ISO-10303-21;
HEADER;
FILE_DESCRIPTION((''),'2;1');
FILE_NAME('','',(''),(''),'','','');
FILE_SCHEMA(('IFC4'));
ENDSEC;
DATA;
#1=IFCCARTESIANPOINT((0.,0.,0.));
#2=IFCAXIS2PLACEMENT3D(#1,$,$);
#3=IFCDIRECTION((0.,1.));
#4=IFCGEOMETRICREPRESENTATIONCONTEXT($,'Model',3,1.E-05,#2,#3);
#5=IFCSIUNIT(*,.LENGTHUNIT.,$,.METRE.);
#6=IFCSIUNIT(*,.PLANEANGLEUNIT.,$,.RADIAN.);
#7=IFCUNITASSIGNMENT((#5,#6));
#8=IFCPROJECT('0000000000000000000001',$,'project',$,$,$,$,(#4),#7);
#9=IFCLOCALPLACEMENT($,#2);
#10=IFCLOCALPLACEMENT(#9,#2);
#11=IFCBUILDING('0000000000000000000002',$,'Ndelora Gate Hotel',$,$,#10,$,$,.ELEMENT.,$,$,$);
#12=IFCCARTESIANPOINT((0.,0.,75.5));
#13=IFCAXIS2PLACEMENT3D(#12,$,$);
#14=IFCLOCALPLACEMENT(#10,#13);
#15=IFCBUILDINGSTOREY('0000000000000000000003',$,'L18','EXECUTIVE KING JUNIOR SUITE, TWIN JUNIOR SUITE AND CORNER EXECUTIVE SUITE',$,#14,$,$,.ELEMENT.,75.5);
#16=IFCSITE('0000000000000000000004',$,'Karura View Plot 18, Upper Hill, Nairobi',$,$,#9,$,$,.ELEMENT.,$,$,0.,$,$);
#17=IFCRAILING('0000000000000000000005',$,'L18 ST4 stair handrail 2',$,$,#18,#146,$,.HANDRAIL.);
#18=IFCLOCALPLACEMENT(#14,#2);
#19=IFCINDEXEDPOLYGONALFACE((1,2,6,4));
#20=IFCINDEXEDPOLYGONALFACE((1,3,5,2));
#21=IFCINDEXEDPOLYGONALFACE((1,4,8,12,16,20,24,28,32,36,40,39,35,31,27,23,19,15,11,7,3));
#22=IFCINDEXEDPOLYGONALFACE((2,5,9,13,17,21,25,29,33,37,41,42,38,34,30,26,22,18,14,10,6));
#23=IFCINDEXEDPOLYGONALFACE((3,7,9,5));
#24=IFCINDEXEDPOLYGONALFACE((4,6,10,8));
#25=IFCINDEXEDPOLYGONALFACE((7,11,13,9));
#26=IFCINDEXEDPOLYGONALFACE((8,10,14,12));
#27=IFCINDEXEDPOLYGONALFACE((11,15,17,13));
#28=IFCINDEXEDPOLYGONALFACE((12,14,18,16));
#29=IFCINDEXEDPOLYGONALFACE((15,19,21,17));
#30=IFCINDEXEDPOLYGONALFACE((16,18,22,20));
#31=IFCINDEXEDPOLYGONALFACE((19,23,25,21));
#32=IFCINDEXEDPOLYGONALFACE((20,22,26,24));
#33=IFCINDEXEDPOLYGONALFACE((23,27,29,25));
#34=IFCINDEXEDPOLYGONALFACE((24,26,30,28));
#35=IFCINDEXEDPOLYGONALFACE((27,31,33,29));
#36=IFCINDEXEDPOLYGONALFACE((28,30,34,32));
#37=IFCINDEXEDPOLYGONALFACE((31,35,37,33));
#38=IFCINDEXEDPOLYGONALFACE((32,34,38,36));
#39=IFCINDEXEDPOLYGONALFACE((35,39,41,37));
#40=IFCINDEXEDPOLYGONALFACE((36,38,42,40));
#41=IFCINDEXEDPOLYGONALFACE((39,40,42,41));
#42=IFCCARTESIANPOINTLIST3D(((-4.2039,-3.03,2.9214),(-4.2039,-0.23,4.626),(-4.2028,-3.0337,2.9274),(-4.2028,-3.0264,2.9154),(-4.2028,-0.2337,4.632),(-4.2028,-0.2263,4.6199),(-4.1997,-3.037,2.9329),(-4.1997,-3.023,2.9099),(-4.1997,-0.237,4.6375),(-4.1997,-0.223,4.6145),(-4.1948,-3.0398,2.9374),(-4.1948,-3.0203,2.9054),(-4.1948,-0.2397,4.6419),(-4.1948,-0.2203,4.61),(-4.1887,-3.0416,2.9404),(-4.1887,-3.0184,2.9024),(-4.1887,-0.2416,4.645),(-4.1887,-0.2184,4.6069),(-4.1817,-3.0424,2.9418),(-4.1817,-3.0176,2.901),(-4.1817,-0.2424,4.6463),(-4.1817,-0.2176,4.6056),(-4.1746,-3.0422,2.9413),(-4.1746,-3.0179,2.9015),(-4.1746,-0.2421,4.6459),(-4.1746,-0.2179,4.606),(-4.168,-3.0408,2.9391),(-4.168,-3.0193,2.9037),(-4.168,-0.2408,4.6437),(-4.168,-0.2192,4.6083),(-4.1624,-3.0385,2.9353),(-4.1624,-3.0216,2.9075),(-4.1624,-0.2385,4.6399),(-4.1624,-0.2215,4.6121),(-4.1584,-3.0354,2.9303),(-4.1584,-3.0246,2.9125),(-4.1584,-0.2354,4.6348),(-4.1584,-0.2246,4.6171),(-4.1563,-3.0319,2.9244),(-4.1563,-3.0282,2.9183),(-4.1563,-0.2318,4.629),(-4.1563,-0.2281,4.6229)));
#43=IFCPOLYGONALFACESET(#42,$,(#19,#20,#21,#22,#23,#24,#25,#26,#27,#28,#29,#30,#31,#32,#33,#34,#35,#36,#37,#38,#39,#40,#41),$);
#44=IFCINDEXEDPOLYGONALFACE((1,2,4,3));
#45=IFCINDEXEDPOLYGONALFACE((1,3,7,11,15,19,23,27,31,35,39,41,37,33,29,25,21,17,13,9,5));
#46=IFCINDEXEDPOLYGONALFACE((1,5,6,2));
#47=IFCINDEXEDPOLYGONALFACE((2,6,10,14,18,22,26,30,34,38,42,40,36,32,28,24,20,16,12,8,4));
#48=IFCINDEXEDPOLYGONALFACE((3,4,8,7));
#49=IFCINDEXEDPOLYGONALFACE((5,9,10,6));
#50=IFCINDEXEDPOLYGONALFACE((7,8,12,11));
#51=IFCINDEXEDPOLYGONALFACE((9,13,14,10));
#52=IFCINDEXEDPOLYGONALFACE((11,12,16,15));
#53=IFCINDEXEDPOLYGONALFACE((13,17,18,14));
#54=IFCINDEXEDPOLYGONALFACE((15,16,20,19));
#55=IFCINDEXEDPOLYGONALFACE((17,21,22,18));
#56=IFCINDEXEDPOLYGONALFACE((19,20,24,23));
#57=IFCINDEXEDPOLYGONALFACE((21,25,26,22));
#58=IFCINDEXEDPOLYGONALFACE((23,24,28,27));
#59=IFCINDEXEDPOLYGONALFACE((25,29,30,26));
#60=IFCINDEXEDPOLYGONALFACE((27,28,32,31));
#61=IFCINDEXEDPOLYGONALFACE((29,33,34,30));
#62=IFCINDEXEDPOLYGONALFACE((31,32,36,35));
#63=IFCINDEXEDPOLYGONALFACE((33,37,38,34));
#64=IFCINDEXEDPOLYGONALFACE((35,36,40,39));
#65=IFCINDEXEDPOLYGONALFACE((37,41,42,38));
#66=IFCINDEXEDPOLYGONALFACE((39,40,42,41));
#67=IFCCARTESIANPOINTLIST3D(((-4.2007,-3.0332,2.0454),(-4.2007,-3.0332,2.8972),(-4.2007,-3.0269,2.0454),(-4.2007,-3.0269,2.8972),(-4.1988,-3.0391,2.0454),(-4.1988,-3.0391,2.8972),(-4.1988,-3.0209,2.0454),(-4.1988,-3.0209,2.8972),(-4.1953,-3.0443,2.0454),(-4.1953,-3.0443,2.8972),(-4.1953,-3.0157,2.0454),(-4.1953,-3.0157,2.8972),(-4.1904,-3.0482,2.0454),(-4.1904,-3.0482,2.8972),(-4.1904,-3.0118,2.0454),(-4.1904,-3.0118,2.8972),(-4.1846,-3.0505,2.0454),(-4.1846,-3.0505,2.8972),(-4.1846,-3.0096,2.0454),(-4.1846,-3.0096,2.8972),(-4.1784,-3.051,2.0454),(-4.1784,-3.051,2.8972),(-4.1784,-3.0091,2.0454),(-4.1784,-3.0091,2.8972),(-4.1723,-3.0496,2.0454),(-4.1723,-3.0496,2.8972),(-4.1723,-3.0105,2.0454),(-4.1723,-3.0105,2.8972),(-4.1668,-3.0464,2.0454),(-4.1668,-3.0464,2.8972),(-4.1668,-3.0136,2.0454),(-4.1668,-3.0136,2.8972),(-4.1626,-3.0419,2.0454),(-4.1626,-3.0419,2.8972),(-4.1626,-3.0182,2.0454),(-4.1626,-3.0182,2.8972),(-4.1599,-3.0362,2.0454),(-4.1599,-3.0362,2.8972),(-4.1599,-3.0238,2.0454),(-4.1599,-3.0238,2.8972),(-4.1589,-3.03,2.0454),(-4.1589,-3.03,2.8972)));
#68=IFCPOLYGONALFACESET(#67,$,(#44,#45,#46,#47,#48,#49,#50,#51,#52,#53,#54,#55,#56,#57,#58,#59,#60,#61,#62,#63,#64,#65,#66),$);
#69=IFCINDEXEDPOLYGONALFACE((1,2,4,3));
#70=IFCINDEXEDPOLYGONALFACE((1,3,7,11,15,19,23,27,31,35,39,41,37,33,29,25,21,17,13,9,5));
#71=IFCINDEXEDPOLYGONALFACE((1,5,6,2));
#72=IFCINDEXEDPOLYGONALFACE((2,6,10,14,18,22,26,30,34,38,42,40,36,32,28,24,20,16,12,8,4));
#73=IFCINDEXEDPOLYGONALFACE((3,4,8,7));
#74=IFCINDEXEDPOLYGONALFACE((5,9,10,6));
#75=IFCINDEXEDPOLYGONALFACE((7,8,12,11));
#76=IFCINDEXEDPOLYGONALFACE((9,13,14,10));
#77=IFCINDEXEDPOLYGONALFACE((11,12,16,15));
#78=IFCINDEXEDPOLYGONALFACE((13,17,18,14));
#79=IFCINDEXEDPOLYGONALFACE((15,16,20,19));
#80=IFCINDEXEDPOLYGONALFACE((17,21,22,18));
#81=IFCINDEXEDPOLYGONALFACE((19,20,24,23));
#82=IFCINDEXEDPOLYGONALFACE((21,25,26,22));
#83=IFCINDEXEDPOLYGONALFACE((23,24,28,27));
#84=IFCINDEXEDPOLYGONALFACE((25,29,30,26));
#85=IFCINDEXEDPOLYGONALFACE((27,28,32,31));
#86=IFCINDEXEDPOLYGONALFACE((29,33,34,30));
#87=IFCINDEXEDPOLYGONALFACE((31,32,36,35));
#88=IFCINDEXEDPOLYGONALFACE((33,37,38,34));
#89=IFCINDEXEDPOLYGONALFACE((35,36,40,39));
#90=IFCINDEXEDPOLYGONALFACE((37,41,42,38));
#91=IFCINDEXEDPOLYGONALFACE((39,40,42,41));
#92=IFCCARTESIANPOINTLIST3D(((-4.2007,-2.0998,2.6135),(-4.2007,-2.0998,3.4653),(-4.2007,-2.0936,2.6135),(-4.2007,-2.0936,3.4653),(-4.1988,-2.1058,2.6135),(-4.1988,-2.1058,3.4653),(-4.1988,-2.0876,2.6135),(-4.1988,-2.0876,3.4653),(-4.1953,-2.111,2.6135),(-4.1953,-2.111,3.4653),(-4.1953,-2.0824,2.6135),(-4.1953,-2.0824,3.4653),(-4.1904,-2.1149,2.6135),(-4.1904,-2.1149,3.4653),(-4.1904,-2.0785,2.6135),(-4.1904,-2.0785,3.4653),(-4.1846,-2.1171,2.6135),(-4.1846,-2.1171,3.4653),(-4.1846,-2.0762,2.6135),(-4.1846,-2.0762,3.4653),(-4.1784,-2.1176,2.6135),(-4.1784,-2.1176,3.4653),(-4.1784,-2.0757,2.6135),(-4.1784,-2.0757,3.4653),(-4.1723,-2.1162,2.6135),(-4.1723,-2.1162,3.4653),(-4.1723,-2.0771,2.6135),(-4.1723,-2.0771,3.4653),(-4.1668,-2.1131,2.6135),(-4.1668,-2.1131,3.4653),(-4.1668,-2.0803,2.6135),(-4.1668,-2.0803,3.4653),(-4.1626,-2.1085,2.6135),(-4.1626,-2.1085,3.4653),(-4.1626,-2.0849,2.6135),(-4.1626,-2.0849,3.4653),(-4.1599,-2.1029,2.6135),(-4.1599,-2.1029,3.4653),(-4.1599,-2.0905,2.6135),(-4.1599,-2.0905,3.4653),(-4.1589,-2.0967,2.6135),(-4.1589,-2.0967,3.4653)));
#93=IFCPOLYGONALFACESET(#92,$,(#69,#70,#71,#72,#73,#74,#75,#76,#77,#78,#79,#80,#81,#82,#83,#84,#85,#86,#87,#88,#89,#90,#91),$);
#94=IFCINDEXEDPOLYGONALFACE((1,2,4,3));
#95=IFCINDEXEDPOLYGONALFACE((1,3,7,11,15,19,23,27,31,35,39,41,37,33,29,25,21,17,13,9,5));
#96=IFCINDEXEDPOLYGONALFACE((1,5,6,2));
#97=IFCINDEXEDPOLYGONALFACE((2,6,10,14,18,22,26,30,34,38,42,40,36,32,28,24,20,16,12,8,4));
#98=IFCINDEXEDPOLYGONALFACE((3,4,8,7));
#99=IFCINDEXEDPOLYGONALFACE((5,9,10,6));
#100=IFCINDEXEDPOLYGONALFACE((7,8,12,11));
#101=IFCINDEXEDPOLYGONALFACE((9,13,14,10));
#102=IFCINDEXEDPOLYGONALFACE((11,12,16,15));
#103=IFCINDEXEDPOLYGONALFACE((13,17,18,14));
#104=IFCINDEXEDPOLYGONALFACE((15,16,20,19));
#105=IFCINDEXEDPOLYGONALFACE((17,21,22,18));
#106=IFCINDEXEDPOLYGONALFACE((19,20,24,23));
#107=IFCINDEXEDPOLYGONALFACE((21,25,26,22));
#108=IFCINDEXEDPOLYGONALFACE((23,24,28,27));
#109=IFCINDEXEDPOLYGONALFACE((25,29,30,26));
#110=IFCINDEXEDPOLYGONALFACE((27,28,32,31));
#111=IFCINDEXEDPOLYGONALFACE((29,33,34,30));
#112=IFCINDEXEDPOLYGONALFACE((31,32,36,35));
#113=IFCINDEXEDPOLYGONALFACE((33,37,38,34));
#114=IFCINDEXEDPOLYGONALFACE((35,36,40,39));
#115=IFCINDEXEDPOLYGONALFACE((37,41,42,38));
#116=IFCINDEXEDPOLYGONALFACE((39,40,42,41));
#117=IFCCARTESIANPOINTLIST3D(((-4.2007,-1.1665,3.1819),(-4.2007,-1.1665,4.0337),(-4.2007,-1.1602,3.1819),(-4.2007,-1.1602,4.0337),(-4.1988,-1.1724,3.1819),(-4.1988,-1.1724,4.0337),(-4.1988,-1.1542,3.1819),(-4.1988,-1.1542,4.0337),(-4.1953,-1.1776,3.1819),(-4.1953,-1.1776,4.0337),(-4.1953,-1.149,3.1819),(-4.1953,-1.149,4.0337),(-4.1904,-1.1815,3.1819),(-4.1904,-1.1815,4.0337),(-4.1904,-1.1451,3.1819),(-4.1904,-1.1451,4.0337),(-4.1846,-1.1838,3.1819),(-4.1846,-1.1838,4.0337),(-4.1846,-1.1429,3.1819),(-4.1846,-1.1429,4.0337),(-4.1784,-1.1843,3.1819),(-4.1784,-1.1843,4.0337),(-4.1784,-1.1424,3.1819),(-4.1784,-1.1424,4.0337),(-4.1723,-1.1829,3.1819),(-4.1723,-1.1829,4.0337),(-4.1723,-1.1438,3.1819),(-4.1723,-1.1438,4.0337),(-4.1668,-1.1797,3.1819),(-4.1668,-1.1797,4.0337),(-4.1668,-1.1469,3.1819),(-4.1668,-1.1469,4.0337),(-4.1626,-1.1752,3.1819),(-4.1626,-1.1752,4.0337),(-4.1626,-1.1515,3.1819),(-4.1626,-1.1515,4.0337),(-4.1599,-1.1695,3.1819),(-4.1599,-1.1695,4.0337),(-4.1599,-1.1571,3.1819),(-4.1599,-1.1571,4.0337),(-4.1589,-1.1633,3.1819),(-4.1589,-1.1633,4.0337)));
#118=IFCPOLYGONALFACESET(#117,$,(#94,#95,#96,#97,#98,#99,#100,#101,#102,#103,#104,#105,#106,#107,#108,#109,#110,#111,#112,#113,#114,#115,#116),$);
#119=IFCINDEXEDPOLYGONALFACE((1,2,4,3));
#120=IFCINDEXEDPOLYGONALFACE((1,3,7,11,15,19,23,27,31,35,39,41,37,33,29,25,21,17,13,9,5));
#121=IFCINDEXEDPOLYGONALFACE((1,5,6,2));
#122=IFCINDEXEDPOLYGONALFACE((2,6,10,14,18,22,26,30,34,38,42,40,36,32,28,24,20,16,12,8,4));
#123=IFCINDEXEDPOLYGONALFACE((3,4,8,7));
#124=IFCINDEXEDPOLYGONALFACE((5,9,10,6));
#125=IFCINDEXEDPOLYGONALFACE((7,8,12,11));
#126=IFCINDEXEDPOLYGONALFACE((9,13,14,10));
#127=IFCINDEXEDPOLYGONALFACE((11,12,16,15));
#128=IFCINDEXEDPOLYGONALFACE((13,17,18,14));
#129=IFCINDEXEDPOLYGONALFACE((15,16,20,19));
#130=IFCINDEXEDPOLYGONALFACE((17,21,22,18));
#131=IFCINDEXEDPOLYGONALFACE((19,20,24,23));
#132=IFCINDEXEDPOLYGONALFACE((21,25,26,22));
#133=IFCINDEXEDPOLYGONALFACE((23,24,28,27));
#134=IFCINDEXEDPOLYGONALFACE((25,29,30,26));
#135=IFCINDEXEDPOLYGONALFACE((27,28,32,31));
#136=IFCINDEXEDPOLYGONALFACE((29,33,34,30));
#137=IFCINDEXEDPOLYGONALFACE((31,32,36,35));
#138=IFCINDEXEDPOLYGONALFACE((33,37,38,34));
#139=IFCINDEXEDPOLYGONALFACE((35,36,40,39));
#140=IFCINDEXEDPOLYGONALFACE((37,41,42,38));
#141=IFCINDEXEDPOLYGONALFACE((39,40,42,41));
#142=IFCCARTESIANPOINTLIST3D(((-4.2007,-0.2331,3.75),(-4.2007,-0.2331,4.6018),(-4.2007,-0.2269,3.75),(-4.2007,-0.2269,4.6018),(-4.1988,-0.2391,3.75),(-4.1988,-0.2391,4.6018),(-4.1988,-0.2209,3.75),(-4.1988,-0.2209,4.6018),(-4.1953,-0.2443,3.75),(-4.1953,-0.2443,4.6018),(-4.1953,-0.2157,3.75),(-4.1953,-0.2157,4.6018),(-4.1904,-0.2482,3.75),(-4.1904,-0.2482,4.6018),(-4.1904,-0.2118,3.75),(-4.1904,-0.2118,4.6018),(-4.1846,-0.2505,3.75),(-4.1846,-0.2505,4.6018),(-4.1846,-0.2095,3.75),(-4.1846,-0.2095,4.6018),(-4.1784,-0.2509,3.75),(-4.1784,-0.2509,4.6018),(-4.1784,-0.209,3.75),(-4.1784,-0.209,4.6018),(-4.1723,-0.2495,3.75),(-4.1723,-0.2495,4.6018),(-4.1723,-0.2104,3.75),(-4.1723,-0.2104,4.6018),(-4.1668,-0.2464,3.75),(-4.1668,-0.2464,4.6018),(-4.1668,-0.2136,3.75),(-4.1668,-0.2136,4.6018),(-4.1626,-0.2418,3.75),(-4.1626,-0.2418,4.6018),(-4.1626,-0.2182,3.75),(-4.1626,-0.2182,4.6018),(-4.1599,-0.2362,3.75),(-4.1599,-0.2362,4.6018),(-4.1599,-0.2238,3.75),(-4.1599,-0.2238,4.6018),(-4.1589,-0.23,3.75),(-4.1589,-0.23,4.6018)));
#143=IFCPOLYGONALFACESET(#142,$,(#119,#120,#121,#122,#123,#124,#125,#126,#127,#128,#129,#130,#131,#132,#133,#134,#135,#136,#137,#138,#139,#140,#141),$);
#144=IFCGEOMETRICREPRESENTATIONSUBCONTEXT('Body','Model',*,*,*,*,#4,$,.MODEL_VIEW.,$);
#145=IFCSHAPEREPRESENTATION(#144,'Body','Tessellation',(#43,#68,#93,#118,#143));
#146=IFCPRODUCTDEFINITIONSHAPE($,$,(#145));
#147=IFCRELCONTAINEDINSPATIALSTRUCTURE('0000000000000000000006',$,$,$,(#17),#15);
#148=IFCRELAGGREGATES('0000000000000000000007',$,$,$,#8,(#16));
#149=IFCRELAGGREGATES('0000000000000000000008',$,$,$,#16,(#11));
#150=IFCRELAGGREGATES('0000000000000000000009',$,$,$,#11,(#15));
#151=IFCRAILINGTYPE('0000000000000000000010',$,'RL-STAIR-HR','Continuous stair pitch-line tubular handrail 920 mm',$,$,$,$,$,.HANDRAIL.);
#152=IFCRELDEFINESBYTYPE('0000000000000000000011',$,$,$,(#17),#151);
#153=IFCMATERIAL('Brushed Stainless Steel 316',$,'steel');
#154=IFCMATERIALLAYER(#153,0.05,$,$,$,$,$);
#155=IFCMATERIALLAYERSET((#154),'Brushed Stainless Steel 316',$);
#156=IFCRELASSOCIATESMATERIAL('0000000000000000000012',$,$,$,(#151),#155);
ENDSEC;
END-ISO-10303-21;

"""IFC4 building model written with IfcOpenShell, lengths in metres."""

from ifc_helpers import new_model, si_unit, direction, frame, origin, origin_2d, place, context, subcontext, project, spatial, circle, extrude, material, layer, layer_set, type_object, element, save


model = new_model("IFC4")

# Units and contexts
model_context = context("Model", 3, precision=1e-05, world=origin(), true_north=direction((0.0, 1.0)))
body_context = subcontext(model_context, "Body", "Model", "MODEL_VIEW")
ifc_project = project(units=[si_unit("LENGTHUNIT", "METRE"), si_unit("PLANEANGLEUNIT", "RADIAN")], contexts=[model_context])

# Site, building, storey
site_placement = place(None, origin())
site = spatial("IfcSite", under=ifc_project, at=site_placement, Name="Karura View Plot 18, Upper Hill, Nairobi", CompositionType="ELEMENT", RefElevation=0.0)
building_placement = place(site_placement, origin())
building = spatial("IfcBuilding", under=site, at=building_placement, Name="Ndelora Gate Hotel", CompositionType="ELEMENT")
storey_placement = place(building_placement, frame((0.0, 0.0, 75.5)))
storey = spatial("IfcBuildingStorey", under=building, at=storey_placement, Name="L18", Description="EXECUTIVE KING JUNIOR SUITE, TWIN JUNIOR SUITE AND CORNER EXECUTIVE SUITE", CompositionType="ELEMENT", Elevation=75.5)

# Railing
ifc_material_1 = material(Name="Brushed Stainless Steel 316", Category="steel")
ifc_layer_1 = layer(ifc_material_1, 0.05)
ifc_layer_set_1 = layer_set([ifc_layer_1], Name="Brushed Stainless Steel 316")
railing_type_1 = type_object("IfcRailingType", Name="RL-STAIR-HR", Description="Continuous stair pitch-line tubular handrail 920 mm", PredefinedType="HANDRAIL", material=ifc_layer_set_1)
railing_1_placement = place(storey_placement, frame((-4.1799, -3.03, 2.0454)))
element("IfcRailing", 1, at=railing_1_placement, inside=storey, type_object=railing_type_1, Name="L18 ST4 stair handrail 2", PredefinedType="HANDRAIL", context=body_context, shape_type="SweptSolid", body=[
    extrude(circle(Radius=0.0239, at=origin_2d()), frame((0.0, 0.0, 0.876), z_axis=(0.0, 0.85417, 0.519994), x_axis=(-1.0, 0.0, 0.0)), (0.0, 0.0, 1.0), 3.2781),
    extrude(circle(Radius=0.021, at=origin_2d()), origin(), (0.0, 0.0, 1.0), 0.8518),
    extrude(circle(Radius=0.021, at=origin_2d()), frame((0.0, 0.9333, 0.5681)), (0.0, 0.0, 1.0), 0.8518),
    extrude(circle(Radius=0.021, at=origin_2d()), frame((0.0, 1.8667, 1.1365)), (0.0, 0.0, 1.0), 0.8518),
    extrude(circle(Radius=0.021, at=origin_2d()), frame((0.0, 2.8, 1.7046)), (0.0, 0.0, 1.0), 0.8518),
])

save(model, "model.ifc")
